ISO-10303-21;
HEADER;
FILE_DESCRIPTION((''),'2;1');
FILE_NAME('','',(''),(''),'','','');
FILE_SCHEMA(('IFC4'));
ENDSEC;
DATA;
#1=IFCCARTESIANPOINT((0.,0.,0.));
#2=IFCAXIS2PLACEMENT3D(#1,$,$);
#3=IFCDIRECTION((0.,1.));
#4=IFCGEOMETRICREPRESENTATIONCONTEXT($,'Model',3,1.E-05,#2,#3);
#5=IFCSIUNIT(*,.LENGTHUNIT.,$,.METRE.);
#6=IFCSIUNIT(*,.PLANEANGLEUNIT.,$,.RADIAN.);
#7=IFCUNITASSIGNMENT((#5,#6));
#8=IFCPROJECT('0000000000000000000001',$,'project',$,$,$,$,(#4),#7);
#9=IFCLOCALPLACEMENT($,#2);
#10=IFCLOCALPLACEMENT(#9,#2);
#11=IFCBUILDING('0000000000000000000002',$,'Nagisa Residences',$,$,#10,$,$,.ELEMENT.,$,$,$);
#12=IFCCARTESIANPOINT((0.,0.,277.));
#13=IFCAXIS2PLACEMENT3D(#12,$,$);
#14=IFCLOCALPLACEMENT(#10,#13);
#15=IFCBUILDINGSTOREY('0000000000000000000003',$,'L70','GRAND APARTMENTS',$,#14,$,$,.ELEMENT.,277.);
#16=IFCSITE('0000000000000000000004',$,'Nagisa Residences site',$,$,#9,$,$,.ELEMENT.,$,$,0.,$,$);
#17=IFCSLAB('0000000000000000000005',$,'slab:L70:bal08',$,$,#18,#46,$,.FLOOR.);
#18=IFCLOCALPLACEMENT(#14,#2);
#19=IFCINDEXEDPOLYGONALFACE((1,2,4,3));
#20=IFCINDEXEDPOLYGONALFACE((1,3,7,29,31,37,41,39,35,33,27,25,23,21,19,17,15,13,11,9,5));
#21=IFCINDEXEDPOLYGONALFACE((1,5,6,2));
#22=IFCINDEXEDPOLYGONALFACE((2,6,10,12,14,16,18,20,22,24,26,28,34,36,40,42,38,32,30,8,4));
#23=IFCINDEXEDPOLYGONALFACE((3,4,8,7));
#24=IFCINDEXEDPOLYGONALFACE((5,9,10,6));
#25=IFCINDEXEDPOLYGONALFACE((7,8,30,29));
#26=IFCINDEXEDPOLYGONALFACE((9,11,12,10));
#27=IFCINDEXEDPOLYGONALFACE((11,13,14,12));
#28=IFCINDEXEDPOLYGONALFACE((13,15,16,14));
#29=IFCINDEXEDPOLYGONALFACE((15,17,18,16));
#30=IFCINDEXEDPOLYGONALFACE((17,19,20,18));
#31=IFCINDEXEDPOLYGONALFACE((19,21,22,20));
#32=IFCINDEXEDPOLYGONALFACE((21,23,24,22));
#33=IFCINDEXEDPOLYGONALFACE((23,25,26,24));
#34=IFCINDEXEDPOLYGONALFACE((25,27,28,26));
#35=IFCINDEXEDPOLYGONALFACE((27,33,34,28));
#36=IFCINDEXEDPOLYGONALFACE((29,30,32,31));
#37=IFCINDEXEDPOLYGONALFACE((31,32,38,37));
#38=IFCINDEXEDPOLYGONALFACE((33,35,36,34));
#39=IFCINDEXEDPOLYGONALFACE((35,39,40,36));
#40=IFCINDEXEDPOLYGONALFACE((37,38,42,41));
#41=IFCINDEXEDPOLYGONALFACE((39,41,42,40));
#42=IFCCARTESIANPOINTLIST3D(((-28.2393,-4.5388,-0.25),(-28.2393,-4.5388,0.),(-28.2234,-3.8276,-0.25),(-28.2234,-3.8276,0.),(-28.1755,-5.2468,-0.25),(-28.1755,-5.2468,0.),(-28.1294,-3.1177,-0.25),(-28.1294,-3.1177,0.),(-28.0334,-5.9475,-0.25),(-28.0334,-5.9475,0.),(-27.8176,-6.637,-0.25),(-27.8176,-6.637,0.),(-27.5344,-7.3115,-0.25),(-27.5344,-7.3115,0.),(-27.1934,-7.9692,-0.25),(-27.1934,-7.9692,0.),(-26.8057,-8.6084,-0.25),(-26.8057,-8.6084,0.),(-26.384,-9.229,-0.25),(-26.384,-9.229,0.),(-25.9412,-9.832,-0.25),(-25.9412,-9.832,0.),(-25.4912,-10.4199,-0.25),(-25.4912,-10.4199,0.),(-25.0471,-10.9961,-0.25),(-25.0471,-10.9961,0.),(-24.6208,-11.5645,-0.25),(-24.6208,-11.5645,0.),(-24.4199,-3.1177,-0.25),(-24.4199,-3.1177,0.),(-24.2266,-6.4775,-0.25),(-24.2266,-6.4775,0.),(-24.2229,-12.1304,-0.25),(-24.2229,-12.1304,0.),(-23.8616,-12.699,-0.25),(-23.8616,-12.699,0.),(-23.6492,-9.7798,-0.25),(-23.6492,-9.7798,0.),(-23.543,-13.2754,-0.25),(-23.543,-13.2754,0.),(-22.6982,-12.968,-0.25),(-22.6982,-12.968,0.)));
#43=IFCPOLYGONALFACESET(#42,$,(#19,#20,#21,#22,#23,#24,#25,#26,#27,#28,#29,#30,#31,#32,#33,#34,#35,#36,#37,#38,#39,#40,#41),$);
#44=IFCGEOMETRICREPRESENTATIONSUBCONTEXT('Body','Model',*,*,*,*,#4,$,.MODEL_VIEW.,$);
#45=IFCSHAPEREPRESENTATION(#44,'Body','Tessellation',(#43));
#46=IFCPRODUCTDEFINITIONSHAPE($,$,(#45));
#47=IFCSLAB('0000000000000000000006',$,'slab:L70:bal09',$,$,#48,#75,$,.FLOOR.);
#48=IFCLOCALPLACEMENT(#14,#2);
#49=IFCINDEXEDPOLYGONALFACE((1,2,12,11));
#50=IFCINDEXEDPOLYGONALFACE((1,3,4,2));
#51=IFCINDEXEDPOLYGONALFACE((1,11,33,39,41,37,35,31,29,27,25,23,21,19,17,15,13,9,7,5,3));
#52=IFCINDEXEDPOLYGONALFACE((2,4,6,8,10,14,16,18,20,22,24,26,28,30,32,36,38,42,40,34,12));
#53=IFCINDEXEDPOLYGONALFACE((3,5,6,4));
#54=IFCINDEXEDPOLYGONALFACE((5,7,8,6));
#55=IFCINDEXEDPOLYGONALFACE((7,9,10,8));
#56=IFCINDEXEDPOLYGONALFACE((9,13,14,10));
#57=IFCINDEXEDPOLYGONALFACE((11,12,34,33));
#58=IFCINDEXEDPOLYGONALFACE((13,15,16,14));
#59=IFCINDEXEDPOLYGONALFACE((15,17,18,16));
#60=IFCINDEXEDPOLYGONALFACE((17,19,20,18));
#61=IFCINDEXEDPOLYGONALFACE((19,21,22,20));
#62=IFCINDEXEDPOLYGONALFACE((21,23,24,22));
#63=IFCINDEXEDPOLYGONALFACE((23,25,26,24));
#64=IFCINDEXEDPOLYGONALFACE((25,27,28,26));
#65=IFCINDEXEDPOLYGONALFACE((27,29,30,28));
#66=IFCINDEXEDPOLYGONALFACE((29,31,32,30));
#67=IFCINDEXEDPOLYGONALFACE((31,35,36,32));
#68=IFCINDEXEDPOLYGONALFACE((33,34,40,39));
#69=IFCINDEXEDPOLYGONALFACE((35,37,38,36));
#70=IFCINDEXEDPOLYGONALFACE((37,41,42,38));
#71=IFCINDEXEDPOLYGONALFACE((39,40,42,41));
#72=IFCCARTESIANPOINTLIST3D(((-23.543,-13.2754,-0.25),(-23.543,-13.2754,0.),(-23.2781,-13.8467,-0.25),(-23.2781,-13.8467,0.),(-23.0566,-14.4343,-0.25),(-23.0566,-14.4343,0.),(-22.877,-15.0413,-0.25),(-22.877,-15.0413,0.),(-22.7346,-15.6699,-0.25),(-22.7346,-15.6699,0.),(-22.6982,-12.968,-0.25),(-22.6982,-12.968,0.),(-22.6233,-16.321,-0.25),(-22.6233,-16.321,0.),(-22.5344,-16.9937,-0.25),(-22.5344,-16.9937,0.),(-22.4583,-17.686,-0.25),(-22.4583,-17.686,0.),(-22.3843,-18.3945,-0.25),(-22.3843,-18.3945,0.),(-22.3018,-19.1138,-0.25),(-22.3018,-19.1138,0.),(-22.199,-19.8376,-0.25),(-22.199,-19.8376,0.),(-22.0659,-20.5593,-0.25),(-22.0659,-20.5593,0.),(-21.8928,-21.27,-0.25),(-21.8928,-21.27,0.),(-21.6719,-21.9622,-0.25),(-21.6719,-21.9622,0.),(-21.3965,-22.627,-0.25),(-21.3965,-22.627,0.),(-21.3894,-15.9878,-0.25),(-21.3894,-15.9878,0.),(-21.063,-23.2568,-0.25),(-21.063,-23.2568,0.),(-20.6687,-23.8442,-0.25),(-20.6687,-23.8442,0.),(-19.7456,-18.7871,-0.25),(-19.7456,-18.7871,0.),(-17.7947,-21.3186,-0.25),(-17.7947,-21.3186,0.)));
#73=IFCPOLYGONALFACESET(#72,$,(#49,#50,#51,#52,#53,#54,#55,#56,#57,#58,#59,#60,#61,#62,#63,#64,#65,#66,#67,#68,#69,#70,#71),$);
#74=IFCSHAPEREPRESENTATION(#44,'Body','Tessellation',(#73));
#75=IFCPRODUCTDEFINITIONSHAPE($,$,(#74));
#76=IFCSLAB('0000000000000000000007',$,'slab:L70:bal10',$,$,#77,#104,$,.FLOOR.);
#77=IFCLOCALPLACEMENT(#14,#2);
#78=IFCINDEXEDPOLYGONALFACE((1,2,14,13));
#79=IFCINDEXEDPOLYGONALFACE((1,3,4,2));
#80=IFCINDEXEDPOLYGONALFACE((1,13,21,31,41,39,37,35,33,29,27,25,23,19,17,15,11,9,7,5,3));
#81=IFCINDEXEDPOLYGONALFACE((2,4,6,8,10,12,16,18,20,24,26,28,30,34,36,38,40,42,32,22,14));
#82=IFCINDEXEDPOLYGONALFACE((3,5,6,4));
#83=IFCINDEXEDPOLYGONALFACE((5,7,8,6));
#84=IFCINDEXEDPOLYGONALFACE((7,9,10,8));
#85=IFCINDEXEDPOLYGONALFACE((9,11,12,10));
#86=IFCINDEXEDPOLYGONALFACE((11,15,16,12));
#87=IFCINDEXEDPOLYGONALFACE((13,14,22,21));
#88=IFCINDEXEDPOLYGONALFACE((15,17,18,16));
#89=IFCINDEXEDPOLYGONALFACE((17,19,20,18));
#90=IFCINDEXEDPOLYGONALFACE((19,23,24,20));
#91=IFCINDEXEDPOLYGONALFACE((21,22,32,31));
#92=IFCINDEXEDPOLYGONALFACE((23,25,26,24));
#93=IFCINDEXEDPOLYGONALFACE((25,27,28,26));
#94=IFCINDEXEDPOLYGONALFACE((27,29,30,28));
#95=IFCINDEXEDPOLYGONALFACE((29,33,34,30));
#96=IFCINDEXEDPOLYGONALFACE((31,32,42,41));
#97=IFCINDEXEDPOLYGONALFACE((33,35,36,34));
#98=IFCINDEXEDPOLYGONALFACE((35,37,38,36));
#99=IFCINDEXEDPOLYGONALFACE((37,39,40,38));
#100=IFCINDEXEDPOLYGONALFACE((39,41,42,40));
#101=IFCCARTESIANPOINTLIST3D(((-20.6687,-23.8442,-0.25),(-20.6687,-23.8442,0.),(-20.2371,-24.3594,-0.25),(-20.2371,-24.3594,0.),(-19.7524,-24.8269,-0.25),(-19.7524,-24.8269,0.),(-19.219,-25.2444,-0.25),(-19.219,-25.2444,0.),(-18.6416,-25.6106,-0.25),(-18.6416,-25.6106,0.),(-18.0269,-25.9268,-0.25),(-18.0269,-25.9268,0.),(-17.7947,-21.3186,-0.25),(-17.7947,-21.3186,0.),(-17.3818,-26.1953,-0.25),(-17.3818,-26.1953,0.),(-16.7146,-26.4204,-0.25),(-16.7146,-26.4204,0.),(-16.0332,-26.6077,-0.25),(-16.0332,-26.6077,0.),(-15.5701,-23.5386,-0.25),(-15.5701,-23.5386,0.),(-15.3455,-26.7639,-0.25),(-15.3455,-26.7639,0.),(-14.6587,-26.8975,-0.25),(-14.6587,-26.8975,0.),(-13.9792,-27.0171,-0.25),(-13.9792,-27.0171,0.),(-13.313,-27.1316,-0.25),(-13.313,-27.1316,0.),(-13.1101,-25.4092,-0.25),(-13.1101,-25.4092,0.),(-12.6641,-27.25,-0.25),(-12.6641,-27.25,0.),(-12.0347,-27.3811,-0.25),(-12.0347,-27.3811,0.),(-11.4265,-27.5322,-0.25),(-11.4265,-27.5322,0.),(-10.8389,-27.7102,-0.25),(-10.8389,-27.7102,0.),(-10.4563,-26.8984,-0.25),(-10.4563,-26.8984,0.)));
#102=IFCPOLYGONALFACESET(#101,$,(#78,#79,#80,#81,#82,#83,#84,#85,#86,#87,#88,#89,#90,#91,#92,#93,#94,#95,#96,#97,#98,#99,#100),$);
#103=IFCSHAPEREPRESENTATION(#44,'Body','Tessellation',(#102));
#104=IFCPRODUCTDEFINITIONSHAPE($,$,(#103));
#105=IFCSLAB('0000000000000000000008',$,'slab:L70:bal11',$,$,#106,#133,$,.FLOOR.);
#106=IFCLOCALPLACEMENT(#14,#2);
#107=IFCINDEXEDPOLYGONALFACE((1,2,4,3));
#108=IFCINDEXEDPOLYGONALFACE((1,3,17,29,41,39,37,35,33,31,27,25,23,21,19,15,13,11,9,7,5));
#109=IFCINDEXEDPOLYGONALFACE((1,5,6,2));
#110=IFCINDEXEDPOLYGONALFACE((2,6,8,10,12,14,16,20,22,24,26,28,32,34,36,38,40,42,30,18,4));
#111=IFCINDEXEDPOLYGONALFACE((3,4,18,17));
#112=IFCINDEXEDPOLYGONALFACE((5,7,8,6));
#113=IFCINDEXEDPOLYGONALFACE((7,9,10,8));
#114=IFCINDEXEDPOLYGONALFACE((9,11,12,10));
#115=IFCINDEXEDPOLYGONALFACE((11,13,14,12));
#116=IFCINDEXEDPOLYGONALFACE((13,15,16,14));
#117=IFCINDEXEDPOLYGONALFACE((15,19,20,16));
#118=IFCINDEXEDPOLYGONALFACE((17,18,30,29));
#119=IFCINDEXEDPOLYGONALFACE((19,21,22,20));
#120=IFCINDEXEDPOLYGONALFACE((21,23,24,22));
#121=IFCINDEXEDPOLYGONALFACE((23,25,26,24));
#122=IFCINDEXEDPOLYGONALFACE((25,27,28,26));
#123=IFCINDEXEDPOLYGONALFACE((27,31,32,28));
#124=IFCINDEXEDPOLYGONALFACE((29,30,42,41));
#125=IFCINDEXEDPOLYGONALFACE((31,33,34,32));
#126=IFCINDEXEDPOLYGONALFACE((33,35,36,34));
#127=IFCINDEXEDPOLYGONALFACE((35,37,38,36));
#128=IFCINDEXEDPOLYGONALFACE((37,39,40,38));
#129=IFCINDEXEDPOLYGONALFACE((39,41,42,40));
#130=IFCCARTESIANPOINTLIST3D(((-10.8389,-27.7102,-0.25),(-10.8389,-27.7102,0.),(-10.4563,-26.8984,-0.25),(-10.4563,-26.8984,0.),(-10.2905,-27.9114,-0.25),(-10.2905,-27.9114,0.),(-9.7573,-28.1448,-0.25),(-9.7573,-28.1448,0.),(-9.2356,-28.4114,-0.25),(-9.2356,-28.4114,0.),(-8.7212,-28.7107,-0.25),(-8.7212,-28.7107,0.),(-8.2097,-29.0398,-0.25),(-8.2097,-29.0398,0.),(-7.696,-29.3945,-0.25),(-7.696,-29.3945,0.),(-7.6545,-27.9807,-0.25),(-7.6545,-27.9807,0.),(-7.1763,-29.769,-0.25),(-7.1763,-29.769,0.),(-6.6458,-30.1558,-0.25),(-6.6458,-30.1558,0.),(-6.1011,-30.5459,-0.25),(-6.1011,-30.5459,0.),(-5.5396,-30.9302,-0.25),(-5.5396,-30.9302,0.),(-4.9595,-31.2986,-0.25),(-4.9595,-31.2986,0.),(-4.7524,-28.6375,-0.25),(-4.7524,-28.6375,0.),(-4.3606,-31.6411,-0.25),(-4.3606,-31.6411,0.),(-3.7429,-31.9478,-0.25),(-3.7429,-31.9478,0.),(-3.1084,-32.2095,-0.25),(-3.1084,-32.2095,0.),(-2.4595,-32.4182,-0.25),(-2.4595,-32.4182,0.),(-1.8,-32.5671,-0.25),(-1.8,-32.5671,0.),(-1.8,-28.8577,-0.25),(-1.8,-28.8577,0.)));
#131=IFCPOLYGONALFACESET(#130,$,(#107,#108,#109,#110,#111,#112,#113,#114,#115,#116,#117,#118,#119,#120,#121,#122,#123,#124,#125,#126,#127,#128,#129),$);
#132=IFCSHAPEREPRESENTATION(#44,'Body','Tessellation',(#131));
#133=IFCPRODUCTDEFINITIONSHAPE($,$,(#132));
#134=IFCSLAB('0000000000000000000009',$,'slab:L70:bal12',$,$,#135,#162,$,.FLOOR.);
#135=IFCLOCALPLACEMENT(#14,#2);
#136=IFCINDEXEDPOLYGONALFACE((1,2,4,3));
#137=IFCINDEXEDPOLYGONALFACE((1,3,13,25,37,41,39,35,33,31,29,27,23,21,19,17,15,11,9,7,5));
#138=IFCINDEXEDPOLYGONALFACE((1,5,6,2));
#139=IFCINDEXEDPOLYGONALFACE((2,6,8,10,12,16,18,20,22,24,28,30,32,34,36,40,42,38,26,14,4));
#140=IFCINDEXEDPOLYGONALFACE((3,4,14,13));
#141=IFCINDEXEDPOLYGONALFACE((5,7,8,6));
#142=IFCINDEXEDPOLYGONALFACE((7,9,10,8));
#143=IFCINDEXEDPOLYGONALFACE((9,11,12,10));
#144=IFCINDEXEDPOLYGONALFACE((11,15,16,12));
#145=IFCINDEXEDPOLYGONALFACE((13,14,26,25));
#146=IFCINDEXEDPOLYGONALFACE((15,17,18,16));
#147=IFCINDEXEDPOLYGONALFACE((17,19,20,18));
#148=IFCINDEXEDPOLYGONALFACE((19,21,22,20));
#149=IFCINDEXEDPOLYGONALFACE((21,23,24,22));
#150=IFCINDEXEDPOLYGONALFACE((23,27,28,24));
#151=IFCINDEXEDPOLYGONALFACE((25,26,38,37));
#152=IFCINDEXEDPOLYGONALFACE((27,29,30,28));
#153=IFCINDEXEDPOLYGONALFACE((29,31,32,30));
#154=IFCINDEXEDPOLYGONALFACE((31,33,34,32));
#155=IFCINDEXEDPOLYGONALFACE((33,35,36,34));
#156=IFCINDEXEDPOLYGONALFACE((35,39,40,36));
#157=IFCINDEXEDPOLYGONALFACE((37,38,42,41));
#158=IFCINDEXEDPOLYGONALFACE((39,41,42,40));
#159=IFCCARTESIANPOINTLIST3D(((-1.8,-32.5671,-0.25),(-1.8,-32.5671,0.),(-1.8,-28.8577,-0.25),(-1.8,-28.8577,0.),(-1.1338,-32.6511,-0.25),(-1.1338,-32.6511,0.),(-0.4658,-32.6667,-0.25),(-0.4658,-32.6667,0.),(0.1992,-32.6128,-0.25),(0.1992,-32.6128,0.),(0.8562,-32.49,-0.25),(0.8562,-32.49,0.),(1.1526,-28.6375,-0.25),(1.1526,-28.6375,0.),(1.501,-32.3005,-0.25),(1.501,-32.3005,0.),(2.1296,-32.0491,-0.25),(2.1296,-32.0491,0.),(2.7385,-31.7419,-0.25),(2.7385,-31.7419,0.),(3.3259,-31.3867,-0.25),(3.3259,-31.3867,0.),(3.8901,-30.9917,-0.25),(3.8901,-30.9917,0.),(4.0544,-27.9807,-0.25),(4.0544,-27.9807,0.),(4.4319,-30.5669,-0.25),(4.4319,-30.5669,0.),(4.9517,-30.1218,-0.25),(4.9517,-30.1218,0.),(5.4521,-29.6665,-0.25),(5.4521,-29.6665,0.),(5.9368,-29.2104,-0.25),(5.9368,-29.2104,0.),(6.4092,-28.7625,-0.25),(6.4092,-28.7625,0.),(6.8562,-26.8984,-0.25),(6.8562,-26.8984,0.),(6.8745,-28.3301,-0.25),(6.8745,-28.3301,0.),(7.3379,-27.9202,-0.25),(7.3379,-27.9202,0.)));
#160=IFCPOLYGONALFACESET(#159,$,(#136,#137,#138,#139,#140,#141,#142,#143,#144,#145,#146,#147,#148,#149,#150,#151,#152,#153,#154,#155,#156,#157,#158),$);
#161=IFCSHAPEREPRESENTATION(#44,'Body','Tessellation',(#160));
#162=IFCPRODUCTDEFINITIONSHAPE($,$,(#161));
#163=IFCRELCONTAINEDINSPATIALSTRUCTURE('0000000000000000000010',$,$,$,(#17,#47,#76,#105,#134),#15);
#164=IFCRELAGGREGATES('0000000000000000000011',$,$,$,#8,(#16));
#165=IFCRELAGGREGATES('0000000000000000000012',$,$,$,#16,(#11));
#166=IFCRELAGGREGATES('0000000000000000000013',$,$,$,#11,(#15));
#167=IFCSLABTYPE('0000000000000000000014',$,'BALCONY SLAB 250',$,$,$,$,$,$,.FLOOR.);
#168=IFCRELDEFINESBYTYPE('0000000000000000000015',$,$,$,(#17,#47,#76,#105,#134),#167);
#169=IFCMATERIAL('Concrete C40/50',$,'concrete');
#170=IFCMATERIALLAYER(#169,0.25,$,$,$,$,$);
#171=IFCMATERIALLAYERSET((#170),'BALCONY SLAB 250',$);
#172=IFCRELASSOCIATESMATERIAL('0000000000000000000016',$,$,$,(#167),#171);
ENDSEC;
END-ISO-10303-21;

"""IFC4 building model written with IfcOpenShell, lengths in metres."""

from ifc_helpers import new_model, si_unit, direction, frame, origin, place, context, subcontext, project, spatial, polyline, outline, extrude, material, layer, layer_set, type_object, element, save


model = new_model("IFC4")

# Units and contexts
model_context = context("Model", 3, precision=1e-05, world=origin(), true_north=direction((0.0, 1.0)))
body_context = subcontext(model_context, "Body", "Model", "MODEL_VIEW")
ifc_project = project(units=[si_unit("LENGTHUNIT", "METRE"), si_unit("PLANEANGLEUNIT", "RADIAN")], contexts=[model_context])

# Site, building, storey
site_placement = place(None, origin())
site = spatial("IfcSite", under=ifc_project, at=site_placement, Name="Nagisa Residences site", CompositionType="ELEMENT", RefElevation=0.0)
building_placement = place(site_placement, origin())
building = spatial("IfcBuilding", under=site, at=building_placement, Name="Nagisa Residences", CompositionType="ELEMENT")
storey_placement = place(building_placement, frame((0.0, 0.0, 277.0)))
storey = spatial("IfcBuildingStorey", under=building, at=storey_placement, Name="L70", Description="GRAND APARTMENTS", CompositionType="ELEMENT", Elevation=277.0)

# Slabs
ifc_material_1 = material(Name="Concrete C40/50", Category="concrete")
ifc_layer_1 = layer(ifc_material_1, 0.25)
ifc_layer_set_1 = layer_set([ifc_layer_1], Name="BALCONY SLAB 250")
slab_type = type_object("IfcSlabType", Name="BALCONY SLAB 250", PredefinedType="FLOOR", material=ifc_layer_set_1)
slab_1_placement = place(storey_placement, frame((0.0, 0.0, -0.25)))
element("IfcSlab", 1, at=slab_1_placement, inside=storey, type_object=slab_type, Name="slab:L70:bal08", PredefinedType="FLOOR", context=body_context, shape_type="SweptSolid", body=[
    extrude(outline(polyline([(-28.1294, -3.1177), (-28.2234, -3.8276), (-28.2393, -4.5388), (-28.1755, -5.2468), (-28.0334, -5.9475), (-27.8176, -6.637), (-27.5344, -7.3115), (-27.1934, -7.9692), (-26.8057, -8.6084), (-26.384, -9.229), (-25.9412, -9.832), (-25.4912, -10.4199), (-25.0471, -10.9961), (-24.6208, -11.5645), (-24.2229, -12.1304), (-23.8616, -12.699), (-23.543, -13.2754), (-22.6982, -12.968), (-23.6492, -9.7798), (-24.2266, -6.4775), (-24.4199, -3.1177), (-28.1294, -3.1177)])), origin(), (0.0, 0.0, 1.0), 0.25),
])
slab_2_placement = place(storey_placement, frame((0.0, 0.0, -0.25)))
element("IfcSlab", 2, at=slab_2_placement, inside=storey, type_object=slab_type, Name="slab:L70:bal09", PredefinedType="FLOOR", context=body_context, shape_type="SweptSolid", body=[
    extrude(outline(polyline([(-23.543, -13.2754), (-23.2781, -13.8467), (-23.0566, -14.4343), (-22.877, -15.0413), (-22.7346, -15.6699), (-22.6233, -16.321), (-22.5344, -16.9937), (-22.4583, -17.686), (-22.3843, -18.3945), (-22.3018, -19.1138), (-22.199, -19.8376), (-22.0659, -20.5593), (-21.8928, -21.27), (-21.6719, -21.9622), (-21.3965, -22.627), (-21.063, -23.2568), (-20.6687, -23.8442), (-17.7947, -21.3186), (-19.7456, -18.7871), (-21.3894, -15.9878), (-22.6982, -12.968), (-23.543, -13.2754)])), origin(), (0.0, 0.0, 1.0), 0.25),
])
slab_3_placement = place(storey_placement, frame((0.0, 0.0, -0.25)))
element("IfcSlab", 3, at=slab_3_placement, inside=storey, type_object=slab_type, Name="slab:L70:bal10", PredefinedType="FLOOR", context=body_context, shape_type="SweptSolid", body=[
    extrude(outline(polyline([(-20.6687, -23.8442), (-20.2371, -24.3594), (-19.7524, -24.8269), (-19.219, -25.2444), (-18.6416, -25.6106), (-18.0269, -25.9268), (-17.3818, -26.1953), (-16.7146, -26.4204), (-16.0332, -26.6077), (-15.3455, -26.7639), (-14.6587, -26.8975), (-13.9792, -27.0171), (-13.313, -27.1316), (-12.6641, -27.25), (-12.0347, -27.3811), (-11.4265, -27.5322), (-10.8389, -27.7102), (-10.4563, -26.8984), (-13.1101, -25.4092), (-15.5701, -23.5386), (-17.7947, -21.3186), (-20.6687, -23.8442)])), origin(), (0.0, 0.0, 1.0), 0.25),
])
slab_4_placement = place(storey_placement, frame((0.0, 0.0, -0.25)))
element("IfcSlab", 4, at=slab_4_placement, inside=storey, type_object=slab_type, Name="slab:L70:bal11", PredefinedType="FLOOR", context=body_context, shape_type="SweptSolid", body=[
    extrude(outline(polyline([(-10.8389, -27.7102), (-10.2905, -27.9114), (-9.7573, -28.1448), (-9.2356, -28.4114), (-8.7212, -28.7107), (-8.2097, -29.0398), (-7.696, -29.3945), (-7.1763, -29.769), (-6.6458, -30.1558), (-6.1011, -30.5459), (-5.5396, -30.9302), (-4.9595, -31.2986), (-4.3606, -31.6411), (-3.7429, -31.9478), (-3.1084, -32.2095), (-2.4595, -32.4182), (-1.8, -32.5671), (-1.8, -28.8577), (-4.7524, -28.6375), (-7.6545, -27.9807), (-10.4563, -26.8984), (-10.8389, -27.7102)])), origin(), (0.0, 0.0, 1.0), 0.25),
])
slab_5_placement = place(storey_placement, frame((0.0, 0.0, -0.25)))
element("IfcSlab", 5, at=slab_5_placement, inside=storey, type_object=slab_type, Name="slab:L70:bal12", PredefinedType="FLOOR", context=body_context, shape_type="SweptSolid", body=[
    extrude(outline(polyline([(-1.8, -32.5671), (-1.1338, -32.6511), (-0.4658, -32.6667), (0.1992, -32.6128), (0.8562, -32.49), (1.501, -32.3005), (2.1296, -32.0491), (2.7385, -31.7419), (3.3259, -31.3867), (3.8901, -30.9917), (4.4319, -30.5669), (4.9517, -30.1218), (5.4521, -29.6665), (5.9368, -29.2104), (6.4092, -28.7625), (6.8745, -28.3301), (7.3379, -27.9202), (6.8562, -26.8984), (4.0544, -27.9807), (1.1526, -28.6375), (-1.8, -28.8577), (-1.8, -32.5671)])), origin(), (0.0, 0.0, 1.0), 0.25),
])

save(model, "model.ifc")
